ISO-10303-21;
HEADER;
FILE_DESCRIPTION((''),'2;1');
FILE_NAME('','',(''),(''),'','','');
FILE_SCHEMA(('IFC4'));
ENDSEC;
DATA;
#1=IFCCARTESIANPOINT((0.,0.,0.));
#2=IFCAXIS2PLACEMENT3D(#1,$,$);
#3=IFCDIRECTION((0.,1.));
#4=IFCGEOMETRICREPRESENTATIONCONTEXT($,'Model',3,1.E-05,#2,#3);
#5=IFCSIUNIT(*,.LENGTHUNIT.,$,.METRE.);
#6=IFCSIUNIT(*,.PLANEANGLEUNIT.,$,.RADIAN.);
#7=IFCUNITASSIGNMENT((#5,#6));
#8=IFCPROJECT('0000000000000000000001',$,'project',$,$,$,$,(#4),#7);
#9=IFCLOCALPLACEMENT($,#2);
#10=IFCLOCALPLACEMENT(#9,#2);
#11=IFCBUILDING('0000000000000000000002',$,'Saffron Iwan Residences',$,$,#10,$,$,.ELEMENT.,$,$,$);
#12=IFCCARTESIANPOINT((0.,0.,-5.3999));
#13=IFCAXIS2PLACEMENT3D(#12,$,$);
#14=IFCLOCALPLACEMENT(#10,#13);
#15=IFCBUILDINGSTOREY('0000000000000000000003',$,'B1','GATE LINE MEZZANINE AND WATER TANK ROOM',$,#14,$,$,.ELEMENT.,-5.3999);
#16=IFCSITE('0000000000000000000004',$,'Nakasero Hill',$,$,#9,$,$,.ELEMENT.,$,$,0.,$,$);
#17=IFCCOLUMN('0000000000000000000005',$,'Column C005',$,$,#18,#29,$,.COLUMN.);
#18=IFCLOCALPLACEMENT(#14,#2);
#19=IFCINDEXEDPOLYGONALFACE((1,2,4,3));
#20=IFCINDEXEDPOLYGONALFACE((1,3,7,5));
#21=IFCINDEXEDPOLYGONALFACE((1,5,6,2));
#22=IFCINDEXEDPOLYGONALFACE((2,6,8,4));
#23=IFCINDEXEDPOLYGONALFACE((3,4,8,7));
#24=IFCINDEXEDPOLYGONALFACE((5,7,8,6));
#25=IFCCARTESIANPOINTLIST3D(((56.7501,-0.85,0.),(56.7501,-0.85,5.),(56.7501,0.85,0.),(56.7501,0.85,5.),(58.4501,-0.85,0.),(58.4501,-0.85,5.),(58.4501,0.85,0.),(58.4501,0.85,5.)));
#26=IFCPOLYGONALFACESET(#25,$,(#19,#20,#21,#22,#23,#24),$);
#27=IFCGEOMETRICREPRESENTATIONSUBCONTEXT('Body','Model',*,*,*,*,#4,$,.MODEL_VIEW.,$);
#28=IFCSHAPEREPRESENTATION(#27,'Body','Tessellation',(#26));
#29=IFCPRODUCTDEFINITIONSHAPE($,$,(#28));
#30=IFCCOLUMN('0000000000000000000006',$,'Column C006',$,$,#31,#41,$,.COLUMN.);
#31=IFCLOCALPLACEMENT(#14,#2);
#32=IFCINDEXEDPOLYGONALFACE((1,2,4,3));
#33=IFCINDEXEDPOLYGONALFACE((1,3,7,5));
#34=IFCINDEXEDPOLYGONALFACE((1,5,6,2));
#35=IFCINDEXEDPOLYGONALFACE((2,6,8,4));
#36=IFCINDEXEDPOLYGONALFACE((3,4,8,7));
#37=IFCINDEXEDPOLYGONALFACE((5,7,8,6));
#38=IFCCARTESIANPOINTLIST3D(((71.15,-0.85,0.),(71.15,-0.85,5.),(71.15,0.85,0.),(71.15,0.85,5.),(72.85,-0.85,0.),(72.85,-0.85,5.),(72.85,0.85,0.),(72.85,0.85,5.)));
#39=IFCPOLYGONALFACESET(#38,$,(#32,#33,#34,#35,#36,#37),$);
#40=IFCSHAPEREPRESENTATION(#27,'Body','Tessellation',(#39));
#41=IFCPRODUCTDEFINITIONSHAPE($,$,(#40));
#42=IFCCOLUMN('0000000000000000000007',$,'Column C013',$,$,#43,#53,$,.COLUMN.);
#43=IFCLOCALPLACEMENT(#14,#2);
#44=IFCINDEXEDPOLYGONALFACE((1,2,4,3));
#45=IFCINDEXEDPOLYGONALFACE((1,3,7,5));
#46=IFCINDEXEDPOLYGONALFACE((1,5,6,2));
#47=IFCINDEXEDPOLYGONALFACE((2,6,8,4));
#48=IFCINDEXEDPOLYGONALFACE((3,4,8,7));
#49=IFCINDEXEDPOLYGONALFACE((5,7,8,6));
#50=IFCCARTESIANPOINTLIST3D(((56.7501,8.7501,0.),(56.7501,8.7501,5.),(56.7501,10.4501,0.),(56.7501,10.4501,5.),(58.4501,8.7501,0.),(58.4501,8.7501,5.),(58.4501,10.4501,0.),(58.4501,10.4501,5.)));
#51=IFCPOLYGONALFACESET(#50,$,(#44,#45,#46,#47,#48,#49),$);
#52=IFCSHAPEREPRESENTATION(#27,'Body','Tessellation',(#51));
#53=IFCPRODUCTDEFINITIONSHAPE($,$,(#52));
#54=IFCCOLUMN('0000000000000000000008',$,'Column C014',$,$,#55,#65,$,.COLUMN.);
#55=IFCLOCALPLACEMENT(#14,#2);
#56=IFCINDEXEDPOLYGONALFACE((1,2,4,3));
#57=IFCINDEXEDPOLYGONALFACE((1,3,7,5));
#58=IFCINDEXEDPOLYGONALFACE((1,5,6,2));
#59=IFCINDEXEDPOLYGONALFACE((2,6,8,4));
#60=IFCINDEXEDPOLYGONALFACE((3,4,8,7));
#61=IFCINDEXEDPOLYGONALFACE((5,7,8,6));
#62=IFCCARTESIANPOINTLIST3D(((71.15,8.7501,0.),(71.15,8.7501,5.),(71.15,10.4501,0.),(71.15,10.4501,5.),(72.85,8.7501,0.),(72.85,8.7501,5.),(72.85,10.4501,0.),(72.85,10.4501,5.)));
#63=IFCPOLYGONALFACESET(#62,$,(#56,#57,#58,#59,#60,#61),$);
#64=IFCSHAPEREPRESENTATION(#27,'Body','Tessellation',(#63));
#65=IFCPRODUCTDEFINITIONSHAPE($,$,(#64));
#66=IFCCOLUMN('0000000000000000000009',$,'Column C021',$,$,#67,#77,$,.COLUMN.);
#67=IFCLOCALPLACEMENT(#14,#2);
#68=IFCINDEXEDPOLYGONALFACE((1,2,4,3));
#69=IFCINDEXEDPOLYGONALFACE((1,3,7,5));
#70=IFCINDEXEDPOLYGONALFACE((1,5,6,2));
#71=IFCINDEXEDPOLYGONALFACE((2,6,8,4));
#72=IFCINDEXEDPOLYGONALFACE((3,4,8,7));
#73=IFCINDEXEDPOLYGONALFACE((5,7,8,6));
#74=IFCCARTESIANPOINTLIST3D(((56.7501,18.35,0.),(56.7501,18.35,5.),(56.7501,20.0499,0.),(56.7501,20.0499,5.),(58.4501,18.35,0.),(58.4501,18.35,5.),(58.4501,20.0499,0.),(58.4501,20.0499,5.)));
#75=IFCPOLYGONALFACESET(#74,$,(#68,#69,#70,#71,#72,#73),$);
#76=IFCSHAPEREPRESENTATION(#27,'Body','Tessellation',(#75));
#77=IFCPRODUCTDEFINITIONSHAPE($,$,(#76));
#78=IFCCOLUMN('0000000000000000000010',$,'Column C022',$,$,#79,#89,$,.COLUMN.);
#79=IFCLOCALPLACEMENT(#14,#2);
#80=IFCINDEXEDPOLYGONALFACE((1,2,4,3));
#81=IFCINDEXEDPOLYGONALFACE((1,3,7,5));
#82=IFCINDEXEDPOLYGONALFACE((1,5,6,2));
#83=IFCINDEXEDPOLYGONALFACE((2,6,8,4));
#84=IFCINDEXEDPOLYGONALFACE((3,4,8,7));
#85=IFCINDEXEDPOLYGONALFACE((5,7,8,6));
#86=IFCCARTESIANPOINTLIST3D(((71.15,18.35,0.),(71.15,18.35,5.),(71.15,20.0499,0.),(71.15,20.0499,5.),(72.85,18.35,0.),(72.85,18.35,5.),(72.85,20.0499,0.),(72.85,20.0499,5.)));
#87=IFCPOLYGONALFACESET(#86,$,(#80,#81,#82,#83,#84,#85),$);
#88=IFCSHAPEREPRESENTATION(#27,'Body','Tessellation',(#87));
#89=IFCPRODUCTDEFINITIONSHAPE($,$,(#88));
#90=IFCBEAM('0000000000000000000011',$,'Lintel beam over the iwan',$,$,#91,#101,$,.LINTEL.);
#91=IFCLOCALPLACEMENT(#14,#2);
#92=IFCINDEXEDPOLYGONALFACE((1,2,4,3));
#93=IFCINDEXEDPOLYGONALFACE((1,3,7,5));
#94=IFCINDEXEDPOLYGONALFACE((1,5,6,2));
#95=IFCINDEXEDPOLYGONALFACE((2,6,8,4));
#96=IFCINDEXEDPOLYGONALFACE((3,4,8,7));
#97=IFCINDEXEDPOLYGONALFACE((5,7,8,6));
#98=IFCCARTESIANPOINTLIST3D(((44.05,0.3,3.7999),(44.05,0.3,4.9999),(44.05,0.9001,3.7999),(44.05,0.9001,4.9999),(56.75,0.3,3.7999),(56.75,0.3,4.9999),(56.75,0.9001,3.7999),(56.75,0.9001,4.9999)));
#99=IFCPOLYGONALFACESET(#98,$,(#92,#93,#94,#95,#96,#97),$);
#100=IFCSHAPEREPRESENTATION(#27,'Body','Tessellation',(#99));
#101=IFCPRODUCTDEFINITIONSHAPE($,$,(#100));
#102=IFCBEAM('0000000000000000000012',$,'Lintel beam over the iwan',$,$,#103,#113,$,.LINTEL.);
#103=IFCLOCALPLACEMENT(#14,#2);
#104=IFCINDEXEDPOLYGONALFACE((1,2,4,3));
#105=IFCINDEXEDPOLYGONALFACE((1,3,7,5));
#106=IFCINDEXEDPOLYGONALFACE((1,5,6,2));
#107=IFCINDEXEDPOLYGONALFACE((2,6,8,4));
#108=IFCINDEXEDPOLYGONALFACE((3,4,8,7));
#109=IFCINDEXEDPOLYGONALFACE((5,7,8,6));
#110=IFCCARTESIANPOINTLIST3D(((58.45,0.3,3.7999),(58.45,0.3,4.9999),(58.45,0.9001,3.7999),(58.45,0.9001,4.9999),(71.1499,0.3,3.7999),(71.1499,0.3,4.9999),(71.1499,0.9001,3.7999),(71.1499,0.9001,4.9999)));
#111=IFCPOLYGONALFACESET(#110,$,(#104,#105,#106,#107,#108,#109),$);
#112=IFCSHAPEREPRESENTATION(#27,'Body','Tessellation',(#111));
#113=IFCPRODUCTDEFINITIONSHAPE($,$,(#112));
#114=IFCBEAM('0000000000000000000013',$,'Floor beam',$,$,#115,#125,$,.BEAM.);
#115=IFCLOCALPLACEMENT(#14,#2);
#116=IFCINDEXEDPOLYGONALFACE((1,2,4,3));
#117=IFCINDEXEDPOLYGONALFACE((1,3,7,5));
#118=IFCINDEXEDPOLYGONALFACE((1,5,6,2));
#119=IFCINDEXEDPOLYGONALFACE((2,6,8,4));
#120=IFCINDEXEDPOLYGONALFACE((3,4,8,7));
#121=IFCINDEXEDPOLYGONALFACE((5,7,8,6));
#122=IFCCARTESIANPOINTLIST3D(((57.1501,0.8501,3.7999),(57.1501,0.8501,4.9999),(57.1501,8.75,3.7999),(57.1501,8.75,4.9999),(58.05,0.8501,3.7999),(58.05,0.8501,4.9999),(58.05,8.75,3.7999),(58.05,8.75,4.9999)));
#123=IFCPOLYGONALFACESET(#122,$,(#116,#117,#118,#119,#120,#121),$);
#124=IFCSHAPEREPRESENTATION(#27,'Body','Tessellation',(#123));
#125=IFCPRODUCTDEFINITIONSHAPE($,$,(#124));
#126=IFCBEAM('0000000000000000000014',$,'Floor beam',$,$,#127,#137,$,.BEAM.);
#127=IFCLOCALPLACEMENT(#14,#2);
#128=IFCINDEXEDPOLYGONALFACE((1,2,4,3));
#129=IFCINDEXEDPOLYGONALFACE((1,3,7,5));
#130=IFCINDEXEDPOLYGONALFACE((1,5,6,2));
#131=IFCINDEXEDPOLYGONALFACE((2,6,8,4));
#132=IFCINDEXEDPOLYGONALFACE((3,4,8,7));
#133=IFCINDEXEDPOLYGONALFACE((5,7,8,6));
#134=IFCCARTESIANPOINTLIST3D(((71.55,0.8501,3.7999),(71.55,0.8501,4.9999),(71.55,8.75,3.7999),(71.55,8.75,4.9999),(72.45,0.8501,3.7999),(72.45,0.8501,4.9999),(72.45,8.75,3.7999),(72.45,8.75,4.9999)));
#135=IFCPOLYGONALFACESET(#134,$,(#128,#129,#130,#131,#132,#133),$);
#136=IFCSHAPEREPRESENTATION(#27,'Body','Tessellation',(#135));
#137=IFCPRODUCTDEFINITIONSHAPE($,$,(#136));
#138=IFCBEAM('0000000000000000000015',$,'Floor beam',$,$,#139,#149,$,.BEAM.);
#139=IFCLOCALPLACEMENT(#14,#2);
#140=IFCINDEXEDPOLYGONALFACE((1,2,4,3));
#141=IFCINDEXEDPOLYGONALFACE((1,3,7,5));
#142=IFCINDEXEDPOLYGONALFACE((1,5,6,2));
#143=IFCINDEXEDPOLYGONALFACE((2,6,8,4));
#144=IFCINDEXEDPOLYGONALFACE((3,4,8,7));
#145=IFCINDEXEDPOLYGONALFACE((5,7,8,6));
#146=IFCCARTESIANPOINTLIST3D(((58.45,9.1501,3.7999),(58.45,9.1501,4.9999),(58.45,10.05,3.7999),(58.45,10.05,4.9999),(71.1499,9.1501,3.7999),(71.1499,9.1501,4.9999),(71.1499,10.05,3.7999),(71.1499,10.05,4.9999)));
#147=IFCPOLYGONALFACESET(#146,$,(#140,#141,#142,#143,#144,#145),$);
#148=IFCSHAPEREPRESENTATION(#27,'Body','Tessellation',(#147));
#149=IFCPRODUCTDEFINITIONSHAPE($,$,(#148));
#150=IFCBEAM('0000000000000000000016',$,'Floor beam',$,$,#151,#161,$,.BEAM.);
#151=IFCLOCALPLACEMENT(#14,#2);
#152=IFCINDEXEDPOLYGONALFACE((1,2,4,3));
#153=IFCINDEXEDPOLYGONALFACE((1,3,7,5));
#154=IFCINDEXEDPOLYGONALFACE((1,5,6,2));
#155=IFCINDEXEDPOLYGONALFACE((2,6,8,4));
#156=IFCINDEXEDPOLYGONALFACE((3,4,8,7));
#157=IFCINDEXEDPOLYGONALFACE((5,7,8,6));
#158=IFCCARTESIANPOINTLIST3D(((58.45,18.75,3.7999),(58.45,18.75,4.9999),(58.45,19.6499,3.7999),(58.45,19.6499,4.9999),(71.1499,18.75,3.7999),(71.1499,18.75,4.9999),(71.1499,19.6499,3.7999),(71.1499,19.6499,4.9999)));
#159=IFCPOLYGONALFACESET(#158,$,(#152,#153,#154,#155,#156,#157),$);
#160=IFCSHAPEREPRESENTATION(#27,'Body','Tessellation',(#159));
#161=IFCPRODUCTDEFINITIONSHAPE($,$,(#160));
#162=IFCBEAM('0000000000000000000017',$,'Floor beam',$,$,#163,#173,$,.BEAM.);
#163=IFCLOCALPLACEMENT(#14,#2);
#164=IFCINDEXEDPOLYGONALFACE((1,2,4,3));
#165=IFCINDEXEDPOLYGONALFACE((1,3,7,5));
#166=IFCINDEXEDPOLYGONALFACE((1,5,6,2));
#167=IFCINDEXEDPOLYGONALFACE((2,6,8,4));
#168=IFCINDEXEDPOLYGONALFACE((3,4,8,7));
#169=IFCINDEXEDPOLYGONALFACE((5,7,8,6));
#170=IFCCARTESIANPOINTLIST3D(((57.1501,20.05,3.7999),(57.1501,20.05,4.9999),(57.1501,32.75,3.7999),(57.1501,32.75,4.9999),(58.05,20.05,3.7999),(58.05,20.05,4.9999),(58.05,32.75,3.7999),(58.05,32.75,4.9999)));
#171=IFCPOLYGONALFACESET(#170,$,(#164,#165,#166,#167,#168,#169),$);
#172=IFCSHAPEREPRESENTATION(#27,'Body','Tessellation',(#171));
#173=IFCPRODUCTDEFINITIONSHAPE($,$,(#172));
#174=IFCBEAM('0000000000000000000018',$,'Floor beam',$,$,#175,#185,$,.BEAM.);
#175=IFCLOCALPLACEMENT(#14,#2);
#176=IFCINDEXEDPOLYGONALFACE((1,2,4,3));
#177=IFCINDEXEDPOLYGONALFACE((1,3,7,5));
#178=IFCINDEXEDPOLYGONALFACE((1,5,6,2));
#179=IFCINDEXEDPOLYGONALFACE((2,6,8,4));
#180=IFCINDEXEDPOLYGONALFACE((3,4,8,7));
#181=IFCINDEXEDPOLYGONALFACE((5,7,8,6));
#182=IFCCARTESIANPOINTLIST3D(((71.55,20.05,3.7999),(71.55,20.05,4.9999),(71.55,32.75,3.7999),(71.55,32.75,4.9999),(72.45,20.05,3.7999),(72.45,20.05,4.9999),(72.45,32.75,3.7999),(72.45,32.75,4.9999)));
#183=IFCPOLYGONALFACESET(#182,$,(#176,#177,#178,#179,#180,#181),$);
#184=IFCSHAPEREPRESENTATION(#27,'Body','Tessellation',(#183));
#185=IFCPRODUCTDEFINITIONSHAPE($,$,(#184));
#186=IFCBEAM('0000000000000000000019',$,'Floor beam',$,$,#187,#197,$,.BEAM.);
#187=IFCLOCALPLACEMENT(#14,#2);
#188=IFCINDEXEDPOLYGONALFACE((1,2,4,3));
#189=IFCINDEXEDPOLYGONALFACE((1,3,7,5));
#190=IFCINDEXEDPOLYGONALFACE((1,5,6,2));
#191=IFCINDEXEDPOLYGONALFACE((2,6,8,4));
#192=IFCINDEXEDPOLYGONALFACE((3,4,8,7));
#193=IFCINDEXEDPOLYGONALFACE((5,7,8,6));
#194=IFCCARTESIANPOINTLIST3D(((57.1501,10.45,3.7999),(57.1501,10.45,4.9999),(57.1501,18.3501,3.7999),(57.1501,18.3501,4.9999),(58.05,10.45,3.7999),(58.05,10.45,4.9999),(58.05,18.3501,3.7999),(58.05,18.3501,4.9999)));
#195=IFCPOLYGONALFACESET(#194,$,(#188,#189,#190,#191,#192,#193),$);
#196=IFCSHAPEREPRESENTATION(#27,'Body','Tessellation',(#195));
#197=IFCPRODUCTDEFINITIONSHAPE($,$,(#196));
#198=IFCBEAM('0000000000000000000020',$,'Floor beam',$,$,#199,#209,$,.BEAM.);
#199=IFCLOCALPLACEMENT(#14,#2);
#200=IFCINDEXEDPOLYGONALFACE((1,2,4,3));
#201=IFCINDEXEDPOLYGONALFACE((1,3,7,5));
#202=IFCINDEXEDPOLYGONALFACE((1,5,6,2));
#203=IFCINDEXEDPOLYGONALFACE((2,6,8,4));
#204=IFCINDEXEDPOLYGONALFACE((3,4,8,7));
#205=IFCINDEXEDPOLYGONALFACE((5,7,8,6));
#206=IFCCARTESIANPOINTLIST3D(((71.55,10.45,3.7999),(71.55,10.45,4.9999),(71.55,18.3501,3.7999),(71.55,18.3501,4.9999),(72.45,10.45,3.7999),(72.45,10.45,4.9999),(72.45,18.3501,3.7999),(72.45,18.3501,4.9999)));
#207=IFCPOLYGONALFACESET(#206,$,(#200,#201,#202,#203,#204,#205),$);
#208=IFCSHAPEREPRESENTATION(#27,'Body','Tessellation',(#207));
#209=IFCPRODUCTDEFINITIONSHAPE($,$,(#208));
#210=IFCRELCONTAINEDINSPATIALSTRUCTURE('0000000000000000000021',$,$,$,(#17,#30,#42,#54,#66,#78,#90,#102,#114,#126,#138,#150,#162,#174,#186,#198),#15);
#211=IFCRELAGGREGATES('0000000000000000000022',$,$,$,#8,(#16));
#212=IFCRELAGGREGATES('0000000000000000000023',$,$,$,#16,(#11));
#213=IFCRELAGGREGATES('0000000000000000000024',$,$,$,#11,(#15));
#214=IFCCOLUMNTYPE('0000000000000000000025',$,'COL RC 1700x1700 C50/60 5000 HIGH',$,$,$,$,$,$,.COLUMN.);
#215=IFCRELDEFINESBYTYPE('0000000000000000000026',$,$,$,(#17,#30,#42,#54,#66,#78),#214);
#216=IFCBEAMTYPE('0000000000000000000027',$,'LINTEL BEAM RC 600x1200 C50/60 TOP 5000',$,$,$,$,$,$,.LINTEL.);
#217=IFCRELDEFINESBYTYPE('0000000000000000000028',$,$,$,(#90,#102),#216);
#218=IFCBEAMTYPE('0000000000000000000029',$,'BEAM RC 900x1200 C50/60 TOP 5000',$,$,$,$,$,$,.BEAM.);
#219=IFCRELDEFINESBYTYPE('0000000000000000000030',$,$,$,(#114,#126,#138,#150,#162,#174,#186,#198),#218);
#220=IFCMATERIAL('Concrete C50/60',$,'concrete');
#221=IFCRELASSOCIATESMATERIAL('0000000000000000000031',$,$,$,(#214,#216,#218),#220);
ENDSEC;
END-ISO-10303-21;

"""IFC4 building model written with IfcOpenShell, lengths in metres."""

from ifc_helpers import new_model, si_unit, direction, frame, origin, origin_2d, place, context, subcontext, project, spatial, rectangle, extrude, source, transform, mapped, material, material_profile, profile_set, type_object, element, save


model = new_model("IFC4")

# Units and contexts
model_context = context("Model", 3, precision=1e-05, world=origin(), true_north=direction((0.0, 1.0)))
body_context = subcontext(model_context, "Body", "Model", "MODEL_VIEW")
ifc_project = project(units=[si_unit("LENGTHUNIT", "METRE"), si_unit("PLANEANGLEUNIT", "RADIAN")], contexts=[model_context])

# Site, building, storey
site_placement = place(None, origin())
site = spatial("IfcSite", under=ifc_project, at=site_placement, Name="Nakasero Hill", CompositionType="ELEMENT", RefElevation=0.0)
building_placement = place(site_placement, origin())
building = spatial("IfcBuilding", under=site, at=building_placement, Name="Saffron Iwan Residences", CompositionType="ELEMENT")
storey_placement = place(building_placement, frame((0.0, 0.0, -5.3999)))
storey = spatial("IfcBuildingStorey", under=building, at=storey_placement, Name="B1", Description="GATE LINE MEZZANINE AND WATER TANK ROOM", CompositionType="ELEMENT", Elevation=-5.3999)

# Columns
ifc_material_1 = material(Name="Concrete C50/60", Category="concrete")
ifc_material_profile_1 = material_profile(ifc_material_1, rectangle(XDim=1.7, YDim=1.7, at=origin_2d()), Name="RC 1700x1700")
ifc_profile_set_1 = profile_set([ifc_material_profile_1], Name="Concrete C50/60")
column_type = type_object("IfcColumnType", Name="COL RC 1700x1700 C50/60 5000 HIGH", PredefinedType="COLUMN", material=ifc_profile_set_1)
shared_shape_1 = source(origin(), body_context, "Body", "SweptSolid", [
    extrude(rectangle(XDim=1.7, YDim=1.7, at=origin_2d()), origin(), (0.0, 0.0, 1.0), 5.0),
])
for number, where, z_axis, x_axis, name in (
    (1, (57.6001, 0.0, 0.0), (0.0, 0.0, 1.0), (1.0, 0.0, 0.0), "Column C005"),
    (2, (72.0, 0.0, 0.0), (0.0, 0.0, 1.0), (1.0, 0.0, 0.0), "Column C006"),
    (3, (57.6001, 9.6001, 0.0), (0.0, 0.0, 1.0), (1.0, 0.0, 0.0), "Column C013"),
    (4, (72.0, 9.6001, 0.0), (0.0, 0.0, 1.0), (1.0, 0.0, 0.0), "Column C014"),
    (5, (57.6001, 19.2, 0.0), (0.0, 0.0, 1.0), (1.0, 0.0, 0.0), "Column C021"),
    (6, (72.0, 19.2, 0.0), (0.0, 0.0, 1.0), (1.0, 0.0, 0.0), "Column C022"),
):
    element("IfcColumn", number, at=place(storey_placement, frame(where, z_axis=z_axis, x_axis=x_axis)), inside=storey, type_object=column_type, Name=name, PredefinedType="COLUMN", context=body_context, shape_type="MappedRepresentation", body=[
        mapped(shared_shape_1, transform((0.0, 0.0, 0.0))),
    ])

# Beams
ifc_material_profile_2 = material_profile(ifc_material_1, rectangle(XDim=0.6001, YDim=1.2, at=origin_2d()), Name="RC 600x1200")
ifc_profile_set_2 = profile_set([ifc_material_profile_2], Name="Concrete C50/60")
beam_type_1 = type_object("IfcBeamType", Name="LINTEL BEAM RC 600x1200 C50/60 TOP 5000", PredefinedType="LINTEL", material=ifc_profile_set_2)
shared_shape_2 = source(origin(), body_context, "Body", "SweptSolid", [
    extrude(rectangle(XDim=0.6001, YDim=1.2, at=origin_2d()), origin(), (0.0, 0.0, 1.0), 12.7),
])
for number, where, z_axis, x_axis, name in (
    (7, (56.75, 0.6001, 4.3999), (-1.0, 0.0, 0.0), (0.0, -1.0, 0.0), "Lintel beam over the iwan"),
    (8, (71.1499, 0.6001, 4.3999), (-1.0, 0.0, 0.0), (0.0, -1.0, 0.0), "Lintel beam over the iwan"),
):
    element("IfcBeam", number, at=place(storey_placement, frame(where, z_axis=z_axis, x_axis=x_axis)), inside=storey, type_object=beam_type_1, Name=name, PredefinedType="LINTEL", context=body_context, shape_type="MappedRepresentation", body=[
        mapped(shared_shape_2, transform((0.0, 0.0, 0.0))),
    ])
ifc_material_profile_3 = material_profile(ifc_material_1, rectangle(XDim=0.8999, YDim=1.2, at=origin_2d()), Name="RC 900x1200")
ifc_profile_set_3 = profile_set([ifc_material_profile_3], Name="Concrete C50/60")
beam_type_2 = type_object("IfcBeamType", Name="BEAM RC 900x1200 C50/60 TOP 5000", PredefinedType="BEAM", material=ifc_profile_set_3)
shared_shape_3 = source(origin(), body_context, "Body", "SweptSolid", [
    extrude(rectangle(XDim=0.8999, YDim=1.2, at=origin_2d()), origin(), (0.0, 0.0, 1.0), 7.8999),
])
for number, where, z_axis, x_axis, name in (
    (9, (57.6001, 0.8501, 4.3999), (0.0, 1.0, 0.0), (-1.0, 0.0, 0.0), "Floor beam"),
    (10, (72.0, 0.8501, 4.3999), (0.0, 1.0, 0.0), (-1.0, 0.0, 0.0), "Floor beam"),
):
    element("IfcBeam", number, at=place(storey_placement, frame(where, z_axis=z_axis, x_axis=x_axis)), inside=storey, type_object=beam_type_2, Name=name, PredefinedType="BEAM", context=body_context, shape_type="MappedRepresentation", body=[
        mapped(shared_shape_3, transform((0.0, 0.0, 0.0))),
    ])
shared_shape_4 = source(origin(), body_context, "Body", "SweptSolid", [
    extrude(rectangle(XDim=0.8999, YDim=1.2, at=origin_2d()), origin(), (0.0, 0.0, 1.0), 12.7),
])
for number, where, z_axis, x_axis, name in (
    (11, (58.45, 9.6001, 4.3999), (1.0, 0.0, 0.0), (0.0, 1.0, 0.0), "Floor beam"),
    (12, (58.45, 19.2, 4.3999), (1.0, 0.0, 0.0), (0.0, 1.0, 0.0), "Floor beam"),
    (13, (57.6001, 20.05, 4.3999), (0.0, 1.0, 0.0), (-1.0, 0.0, 0.0), "Floor beam"),
    (14, (72.0, 20.05, 4.3999), (0.0, 1.0, 0.0), (-1.0, 0.0, 0.0), "Floor beam"),
):
    element("IfcBeam", number, at=place(storey_placement, frame(where, z_axis=z_axis, x_axis=x_axis)), inside=storey, type_object=beam_type_2, Name=name, PredefinedType="BEAM", context=body_context, shape_type="MappedRepresentation", body=[
        mapped(shared_shape_4, transform((0.0, 0.0, 0.0))),
    ])
shared_shape_5 = source(origin(), body_context, "Body", "SweptSolid", [
    extrude(rectangle(XDim=0.8999, YDim=1.2, at=origin_2d()), origin(), (0.0, 0.0, 1.0), 7.9001),
])
for number, where, z_axis, x_axis, name in (
    (15, (57.6001, 10.45, 4.3999), (0.0, 1.0, 0.0), (-1.0, 0.0, 0.0), "Floor beam"),
    (16, (72.0, 10.45, 4.3999), (0.0, 1.0, 0.0), (-1.0, 0.0, 0.0), "Floor beam"),
):
    element("IfcBeam", number, at=place(storey_placement, frame(where, z_axis=z_axis, x_axis=x_axis)), inside=storey, type_object=beam_type_2, Name=name, PredefinedType="BEAM", context=body_context, shape_type="MappedRepresentation", body=[
        mapped(shared_shape_5, transform((0.0, 0.0, 0.0))),
    ])

save(model, "model.ifc")
